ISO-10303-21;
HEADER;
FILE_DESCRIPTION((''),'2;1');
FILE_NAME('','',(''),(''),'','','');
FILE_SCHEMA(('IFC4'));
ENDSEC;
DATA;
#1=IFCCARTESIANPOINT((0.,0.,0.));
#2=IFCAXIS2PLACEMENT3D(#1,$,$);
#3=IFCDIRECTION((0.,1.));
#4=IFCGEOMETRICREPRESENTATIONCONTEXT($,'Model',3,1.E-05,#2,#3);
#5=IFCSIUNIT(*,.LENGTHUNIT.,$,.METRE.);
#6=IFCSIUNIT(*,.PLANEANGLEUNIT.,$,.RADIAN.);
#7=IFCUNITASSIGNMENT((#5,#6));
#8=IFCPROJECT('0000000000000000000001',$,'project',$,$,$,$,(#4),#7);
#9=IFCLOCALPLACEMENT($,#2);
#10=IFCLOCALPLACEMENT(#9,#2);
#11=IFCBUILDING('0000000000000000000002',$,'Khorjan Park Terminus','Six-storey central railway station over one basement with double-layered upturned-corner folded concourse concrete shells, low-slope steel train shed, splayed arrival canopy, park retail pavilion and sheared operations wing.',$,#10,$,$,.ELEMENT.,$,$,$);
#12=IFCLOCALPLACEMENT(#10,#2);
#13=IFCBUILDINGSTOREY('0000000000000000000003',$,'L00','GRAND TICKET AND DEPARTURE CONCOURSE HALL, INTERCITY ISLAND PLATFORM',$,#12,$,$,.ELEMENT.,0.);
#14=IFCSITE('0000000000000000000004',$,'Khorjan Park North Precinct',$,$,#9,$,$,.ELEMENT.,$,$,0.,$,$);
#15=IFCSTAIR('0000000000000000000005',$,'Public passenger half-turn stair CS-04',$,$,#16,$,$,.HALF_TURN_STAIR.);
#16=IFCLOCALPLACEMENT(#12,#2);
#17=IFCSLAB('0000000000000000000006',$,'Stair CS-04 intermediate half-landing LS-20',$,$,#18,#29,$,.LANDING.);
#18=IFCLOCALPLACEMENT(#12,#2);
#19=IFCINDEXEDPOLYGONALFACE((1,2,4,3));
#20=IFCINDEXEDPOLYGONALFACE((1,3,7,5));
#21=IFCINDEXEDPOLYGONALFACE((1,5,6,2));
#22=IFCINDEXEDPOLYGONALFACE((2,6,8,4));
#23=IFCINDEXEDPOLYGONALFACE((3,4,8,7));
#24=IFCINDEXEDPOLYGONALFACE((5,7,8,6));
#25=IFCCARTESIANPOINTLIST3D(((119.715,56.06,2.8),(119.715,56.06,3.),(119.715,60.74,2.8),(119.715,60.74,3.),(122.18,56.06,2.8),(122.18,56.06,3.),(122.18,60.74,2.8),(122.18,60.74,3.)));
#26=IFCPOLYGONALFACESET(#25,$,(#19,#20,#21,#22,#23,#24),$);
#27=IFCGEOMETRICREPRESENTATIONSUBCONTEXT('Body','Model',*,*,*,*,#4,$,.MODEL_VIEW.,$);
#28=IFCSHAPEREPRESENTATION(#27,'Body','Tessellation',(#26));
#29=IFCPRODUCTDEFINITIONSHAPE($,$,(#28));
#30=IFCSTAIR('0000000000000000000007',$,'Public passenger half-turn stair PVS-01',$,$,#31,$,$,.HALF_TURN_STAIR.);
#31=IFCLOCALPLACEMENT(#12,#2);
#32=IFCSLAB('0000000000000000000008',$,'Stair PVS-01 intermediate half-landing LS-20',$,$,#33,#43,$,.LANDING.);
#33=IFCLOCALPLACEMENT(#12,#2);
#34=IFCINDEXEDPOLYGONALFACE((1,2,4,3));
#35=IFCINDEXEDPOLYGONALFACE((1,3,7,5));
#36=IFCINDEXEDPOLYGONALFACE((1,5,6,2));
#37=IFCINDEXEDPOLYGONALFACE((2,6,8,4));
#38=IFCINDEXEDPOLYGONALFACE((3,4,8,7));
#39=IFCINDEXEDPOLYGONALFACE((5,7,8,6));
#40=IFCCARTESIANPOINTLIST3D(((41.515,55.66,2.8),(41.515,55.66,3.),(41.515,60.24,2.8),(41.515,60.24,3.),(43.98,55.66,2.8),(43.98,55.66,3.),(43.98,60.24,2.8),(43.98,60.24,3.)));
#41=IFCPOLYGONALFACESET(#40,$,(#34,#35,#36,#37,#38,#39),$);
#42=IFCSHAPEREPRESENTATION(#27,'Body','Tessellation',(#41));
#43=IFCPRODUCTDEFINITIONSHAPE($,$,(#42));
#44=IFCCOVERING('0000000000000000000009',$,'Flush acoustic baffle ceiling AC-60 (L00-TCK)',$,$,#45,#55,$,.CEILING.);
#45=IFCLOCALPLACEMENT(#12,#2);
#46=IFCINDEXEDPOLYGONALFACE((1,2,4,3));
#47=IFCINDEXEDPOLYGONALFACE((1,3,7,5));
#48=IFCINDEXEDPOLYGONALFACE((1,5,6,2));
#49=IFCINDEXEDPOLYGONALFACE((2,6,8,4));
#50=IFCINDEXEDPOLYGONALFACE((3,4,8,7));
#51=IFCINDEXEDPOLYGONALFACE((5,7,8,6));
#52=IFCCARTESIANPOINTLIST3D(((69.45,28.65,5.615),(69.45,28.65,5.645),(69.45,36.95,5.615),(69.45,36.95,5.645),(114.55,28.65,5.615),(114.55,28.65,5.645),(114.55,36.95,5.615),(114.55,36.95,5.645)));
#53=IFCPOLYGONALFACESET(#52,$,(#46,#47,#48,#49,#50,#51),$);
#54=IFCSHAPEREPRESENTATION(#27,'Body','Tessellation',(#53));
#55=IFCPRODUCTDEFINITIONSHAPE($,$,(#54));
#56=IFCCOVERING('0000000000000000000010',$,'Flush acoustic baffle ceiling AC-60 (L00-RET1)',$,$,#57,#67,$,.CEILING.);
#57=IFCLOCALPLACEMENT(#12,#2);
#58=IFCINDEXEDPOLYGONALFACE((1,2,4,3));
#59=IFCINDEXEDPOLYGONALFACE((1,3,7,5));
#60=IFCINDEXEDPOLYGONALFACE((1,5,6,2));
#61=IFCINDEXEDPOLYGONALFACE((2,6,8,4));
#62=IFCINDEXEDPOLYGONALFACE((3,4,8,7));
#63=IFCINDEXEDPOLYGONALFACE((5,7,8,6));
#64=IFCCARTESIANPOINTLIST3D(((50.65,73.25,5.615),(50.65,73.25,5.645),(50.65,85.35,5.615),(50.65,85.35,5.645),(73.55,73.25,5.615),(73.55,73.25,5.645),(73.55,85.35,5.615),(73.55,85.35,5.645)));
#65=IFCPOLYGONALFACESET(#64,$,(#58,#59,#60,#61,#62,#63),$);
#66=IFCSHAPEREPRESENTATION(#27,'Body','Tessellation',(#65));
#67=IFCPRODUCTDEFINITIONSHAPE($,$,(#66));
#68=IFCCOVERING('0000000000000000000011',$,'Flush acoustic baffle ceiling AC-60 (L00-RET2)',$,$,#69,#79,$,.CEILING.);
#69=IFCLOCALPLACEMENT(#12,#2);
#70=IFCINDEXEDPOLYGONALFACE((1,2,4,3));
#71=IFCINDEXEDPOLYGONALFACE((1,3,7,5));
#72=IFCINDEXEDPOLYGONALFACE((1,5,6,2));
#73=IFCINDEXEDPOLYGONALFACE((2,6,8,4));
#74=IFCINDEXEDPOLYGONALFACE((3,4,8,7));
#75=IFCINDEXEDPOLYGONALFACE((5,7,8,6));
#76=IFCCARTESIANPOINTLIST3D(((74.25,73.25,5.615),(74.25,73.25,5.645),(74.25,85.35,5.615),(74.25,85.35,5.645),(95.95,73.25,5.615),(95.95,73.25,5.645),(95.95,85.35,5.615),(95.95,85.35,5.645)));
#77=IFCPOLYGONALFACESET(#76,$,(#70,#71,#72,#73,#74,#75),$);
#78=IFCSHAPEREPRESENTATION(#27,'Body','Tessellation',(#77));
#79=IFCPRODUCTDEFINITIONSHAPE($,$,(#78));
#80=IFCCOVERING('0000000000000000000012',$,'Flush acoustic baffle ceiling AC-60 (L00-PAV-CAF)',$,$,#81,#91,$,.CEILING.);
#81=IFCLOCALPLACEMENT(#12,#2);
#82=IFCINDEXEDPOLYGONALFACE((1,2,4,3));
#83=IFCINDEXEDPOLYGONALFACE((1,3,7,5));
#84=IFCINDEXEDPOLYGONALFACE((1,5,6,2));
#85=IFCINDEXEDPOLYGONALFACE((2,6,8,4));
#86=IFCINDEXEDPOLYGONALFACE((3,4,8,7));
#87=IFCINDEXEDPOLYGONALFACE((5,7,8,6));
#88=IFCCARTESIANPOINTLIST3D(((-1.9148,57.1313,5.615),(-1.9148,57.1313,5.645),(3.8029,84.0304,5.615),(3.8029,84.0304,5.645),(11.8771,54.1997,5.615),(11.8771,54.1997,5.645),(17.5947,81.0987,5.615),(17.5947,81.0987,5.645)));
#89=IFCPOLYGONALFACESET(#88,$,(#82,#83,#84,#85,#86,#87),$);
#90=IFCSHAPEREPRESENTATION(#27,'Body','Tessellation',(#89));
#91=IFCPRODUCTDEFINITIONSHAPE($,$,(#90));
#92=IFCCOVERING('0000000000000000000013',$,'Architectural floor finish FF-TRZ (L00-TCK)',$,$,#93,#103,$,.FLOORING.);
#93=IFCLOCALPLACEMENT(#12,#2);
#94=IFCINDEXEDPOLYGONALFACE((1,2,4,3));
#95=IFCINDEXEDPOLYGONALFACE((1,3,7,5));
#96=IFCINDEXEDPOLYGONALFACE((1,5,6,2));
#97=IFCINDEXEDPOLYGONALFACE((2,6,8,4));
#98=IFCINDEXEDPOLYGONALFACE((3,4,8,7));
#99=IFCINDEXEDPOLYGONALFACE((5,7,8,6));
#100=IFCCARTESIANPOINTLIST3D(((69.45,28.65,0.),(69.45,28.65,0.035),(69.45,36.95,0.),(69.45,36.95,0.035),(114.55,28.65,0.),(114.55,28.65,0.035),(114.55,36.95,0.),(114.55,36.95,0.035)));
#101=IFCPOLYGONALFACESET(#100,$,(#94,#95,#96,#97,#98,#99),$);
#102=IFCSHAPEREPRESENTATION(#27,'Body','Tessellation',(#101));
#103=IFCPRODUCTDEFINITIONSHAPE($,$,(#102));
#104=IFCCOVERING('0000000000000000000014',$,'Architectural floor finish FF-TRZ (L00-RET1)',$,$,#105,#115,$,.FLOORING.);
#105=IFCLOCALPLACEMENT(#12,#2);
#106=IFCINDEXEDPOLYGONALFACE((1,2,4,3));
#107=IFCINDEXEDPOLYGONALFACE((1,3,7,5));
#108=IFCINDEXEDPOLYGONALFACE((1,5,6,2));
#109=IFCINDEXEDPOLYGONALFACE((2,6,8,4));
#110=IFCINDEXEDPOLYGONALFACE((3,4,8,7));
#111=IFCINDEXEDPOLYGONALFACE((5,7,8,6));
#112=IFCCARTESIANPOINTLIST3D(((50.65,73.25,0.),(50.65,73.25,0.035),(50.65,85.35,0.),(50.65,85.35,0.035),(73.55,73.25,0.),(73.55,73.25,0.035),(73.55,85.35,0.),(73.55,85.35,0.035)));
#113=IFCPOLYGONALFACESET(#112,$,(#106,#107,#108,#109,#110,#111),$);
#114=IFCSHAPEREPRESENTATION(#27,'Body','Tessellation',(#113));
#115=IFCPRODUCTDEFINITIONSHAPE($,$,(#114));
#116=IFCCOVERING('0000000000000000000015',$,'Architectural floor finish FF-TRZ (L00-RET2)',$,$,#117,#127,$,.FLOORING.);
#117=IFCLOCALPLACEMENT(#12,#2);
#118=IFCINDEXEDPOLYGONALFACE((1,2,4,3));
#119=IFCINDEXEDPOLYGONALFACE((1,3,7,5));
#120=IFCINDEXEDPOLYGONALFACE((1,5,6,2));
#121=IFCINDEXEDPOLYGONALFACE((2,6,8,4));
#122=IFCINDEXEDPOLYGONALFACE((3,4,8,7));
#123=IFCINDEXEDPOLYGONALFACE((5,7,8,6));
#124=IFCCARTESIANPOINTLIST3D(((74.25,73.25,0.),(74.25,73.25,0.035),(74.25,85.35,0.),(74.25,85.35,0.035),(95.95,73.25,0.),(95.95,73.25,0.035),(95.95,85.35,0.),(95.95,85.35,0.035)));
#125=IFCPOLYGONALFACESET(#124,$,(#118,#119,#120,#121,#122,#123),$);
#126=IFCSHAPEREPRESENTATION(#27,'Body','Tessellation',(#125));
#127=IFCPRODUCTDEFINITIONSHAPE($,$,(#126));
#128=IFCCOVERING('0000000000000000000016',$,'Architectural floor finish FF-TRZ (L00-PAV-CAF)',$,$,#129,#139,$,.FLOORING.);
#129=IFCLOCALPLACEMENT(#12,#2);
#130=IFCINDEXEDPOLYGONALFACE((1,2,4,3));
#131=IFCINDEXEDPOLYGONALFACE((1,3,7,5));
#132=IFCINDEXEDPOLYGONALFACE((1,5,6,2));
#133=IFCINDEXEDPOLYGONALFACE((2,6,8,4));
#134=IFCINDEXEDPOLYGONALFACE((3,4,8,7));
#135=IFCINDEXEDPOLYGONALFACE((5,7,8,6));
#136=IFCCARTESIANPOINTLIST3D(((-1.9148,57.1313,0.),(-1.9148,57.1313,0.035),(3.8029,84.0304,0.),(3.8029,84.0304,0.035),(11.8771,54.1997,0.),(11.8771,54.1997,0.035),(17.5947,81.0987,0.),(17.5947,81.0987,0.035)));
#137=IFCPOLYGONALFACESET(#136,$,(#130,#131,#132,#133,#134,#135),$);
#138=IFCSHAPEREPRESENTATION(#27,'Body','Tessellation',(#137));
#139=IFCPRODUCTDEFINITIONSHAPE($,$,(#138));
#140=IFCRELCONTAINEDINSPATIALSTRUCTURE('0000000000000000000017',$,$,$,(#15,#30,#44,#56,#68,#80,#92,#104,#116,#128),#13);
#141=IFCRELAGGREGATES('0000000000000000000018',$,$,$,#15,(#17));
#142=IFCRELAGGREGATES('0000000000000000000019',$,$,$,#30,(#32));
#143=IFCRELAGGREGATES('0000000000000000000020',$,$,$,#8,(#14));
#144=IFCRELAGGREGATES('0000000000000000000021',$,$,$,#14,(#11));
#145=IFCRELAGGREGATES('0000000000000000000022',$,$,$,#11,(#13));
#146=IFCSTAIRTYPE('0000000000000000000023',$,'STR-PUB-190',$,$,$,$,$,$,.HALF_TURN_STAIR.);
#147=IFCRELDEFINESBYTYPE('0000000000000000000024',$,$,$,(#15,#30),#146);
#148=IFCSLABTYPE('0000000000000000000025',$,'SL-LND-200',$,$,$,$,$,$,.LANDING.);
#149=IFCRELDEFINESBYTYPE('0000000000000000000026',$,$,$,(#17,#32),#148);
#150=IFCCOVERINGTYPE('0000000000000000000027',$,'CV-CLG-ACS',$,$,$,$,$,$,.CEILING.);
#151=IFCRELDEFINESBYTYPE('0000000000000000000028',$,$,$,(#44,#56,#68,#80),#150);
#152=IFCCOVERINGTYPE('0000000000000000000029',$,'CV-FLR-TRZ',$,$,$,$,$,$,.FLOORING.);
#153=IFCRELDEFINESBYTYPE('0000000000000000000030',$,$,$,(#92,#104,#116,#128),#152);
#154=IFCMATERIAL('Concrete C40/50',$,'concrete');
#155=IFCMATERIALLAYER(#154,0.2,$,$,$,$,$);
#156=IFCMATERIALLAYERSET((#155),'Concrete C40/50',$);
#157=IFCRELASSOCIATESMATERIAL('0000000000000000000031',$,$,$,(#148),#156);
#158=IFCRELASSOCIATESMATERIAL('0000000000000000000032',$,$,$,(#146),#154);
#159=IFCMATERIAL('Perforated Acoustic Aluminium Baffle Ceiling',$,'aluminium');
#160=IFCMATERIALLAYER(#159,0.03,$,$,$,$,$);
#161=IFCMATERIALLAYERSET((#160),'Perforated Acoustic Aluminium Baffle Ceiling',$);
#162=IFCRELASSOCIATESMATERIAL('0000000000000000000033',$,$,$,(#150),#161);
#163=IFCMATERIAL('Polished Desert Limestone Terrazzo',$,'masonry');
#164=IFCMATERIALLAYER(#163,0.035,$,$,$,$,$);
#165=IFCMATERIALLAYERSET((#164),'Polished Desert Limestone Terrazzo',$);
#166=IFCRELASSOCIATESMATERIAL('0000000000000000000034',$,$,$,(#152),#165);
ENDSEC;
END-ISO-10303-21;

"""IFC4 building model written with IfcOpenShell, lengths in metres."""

from ifc_helpers import new_model, si_unit, direction, frame, origin, place, context, subcontext, project, spatial, polyline, outline, extrude, material, layer, layer_set, type_object, element, aggregate, save


model = new_model("IFC4")

# Units and contexts
model_context = context("Model", 3, precision=1e-05, world=origin(), true_north=direction((0.0, 1.0)))
body_context = subcontext(model_context, "Body", "Model", "MODEL_VIEW")
ifc_project = project(units=[si_unit("LENGTHUNIT", "METRE"), si_unit("PLANEANGLEUNIT", "RADIAN")], contexts=[model_context])

# Site, building, storey
site_placement = place(None, origin())
site = spatial("IfcSite", under=ifc_project, at=site_placement, Name="Khorjan Park North Precinct", CompositionType="ELEMENT", RefElevation=0.0)
building_placement = place(site_placement, origin())
building = spatial("IfcBuilding", under=site, at=building_placement, Name="Khorjan Park Terminus", Description="Six-storey central railway station over one basement with double-layered upturned-corner folded concourse concrete shells, low-slope steel train shed, splayed arrival canopy, park retail pavilion and sheared operations wing.", CompositionType="ELEMENT")
storey_placement = place(building_placement, origin())
storey = spatial("IfcBuildingStorey", under=building, at=storey_placement, Name="L00", Description="GRAND TICKET AND DEPARTURE CONCOURSE HALL, INTERCITY ISLAND PLATFORM", CompositionType="ELEMENT", Elevation=0.0)

# Stairs, slabs
ifc_material_1 = material(Name="Concrete C40/50", Category="concrete")
ifc_layer_1 = layer(ifc_material_1, 0.2)
ifc_layer_set_1 = layer_set([ifc_layer_1], Name="Concrete C40/50")
slab_type = type_object("IfcSlabType", Name="SL-LND-200", PredefinedType="LANDING", material=ifc_layer_set_1)
stair_type_1 = type_object("IfcStairType", Name="STR-PUB-190", PredefinedType="HALF_TURN_STAIR", material=ifc_material_1)
stair_1_placement = place(storey_placement, origin())
stair_1 = element("IfcStair", 1, at=stair_1_placement, inside=storey, type_object=stair_type_1, Name="Public passenger half-turn stair CS-04", PredefinedType="HALF_TURN_STAIR")
slab_1_placement = place(storey_placement, frame((0.0, 0.0, 2.8)))
slab_1 = element("IfcSlab", 2, at=slab_1_placement, type_object=slab_type, Name="Stair CS-04 intermediate half-landing LS-20", PredefinedType="LANDING", context=body_context, shape_type="SweptSolid", body=[
    extrude(outline(polyline([(119.715, 56.06), (122.18, 56.06), (122.18, 60.74), (119.715, 60.74), (119.715, 56.06)])), origin(), (0.0, 0.0, 1.0), 0.2),
])
aggregate(stair_1, [slab_1])
stair_2_placement = place(storey_placement, origin())
stair_2 = element("IfcStair", 3, at=stair_2_placement, inside=storey, type_object=stair_type_1, Name="Public passenger half-turn stair PVS-01", PredefinedType="HALF_TURN_STAIR")
slab_2_placement = place(storey_placement, frame((0.0, 0.0, 2.8)))
slab_2 = element("IfcSlab", 4, at=slab_2_placement, type_object=slab_type, Name="Stair PVS-01 intermediate half-landing LS-20", PredefinedType="LANDING", context=body_context, shape_type="SweptSolid", body=[
    extrude(outline(polyline([(41.515, 55.66), (43.98, 55.66), (43.98, 60.24), (41.515, 60.24), (41.515, 55.66)])), origin(), (0.0, 0.0, 1.0), 0.2),
])
aggregate(stair_2, [slab_2])

# Coverings
ifc_material_2 = material(Name="Perforated Acoustic Aluminium Baffle Ceiling", Category="aluminium")
ifc_layer_2 = layer(ifc_material_2, 0.03)
ifc_layer_set_2 = layer_set([ifc_layer_2], Name="Perforated Acoustic Aluminium Baffle Ceiling")
covering_type_1 = type_object("IfcCoveringType", Name="CV-CLG-ACS", PredefinedType="CEILING", material=ifc_layer_set_2)
covering_1_placement = place(storey_placement, frame((0.0, 0.0, 5.615)))
element("IfcCovering", 5, at=covering_1_placement, inside=storey, type_object=covering_type_1, Name="Flush acoustic baffle ceiling AC-60 (L00-TCK)", PredefinedType="CEILING", context=body_context, shape_type="SweptSolid", body=[
    extrude(outline(polyline([(114.55, 36.95), (114.55, 28.65), (69.45, 28.65), (69.45, 36.95), (114.55, 36.95)])), origin(), (0.0, 0.0, 1.0), 0.03),
])
covering_2_placement = place(storey_placement, frame((0.0, 0.0, 5.615)))
element("IfcCovering", 6, at=covering_2_placement, inside=storey, type_object=covering_type_1, Name="Flush acoustic baffle ceiling AC-60 (L00-RET1)", PredefinedType="CEILING", context=body_context, shape_type="SweptSolid", body=[
    extrude(outline(polyline([(73.55, 85.35), (73.55, 73.25), (50.65, 73.25), (50.65, 85.35), (73.55, 85.35)])), origin(), (0.0, 0.0, 1.0), 0.03),
])
covering_3_placement = place(storey_placement, frame((0.0, 0.0, 5.615)))
element("IfcCovering", 7, at=covering_3_placement, inside=storey, type_object=covering_type_1, Name="Flush acoustic baffle ceiling AC-60 (L00-RET2)", PredefinedType="CEILING", context=body_context, shape_type="SweptSolid", body=[
    extrude(outline(polyline([(95.95, 85.35), (95.95, 73.25), (74.25, 73.25), (74.25, 85.35), (95.95, 85.35)])), origin(), (0.0, 0.0, 1.0), 0.03),
])
covering_4_placement = place(storey_placement, frame((0.0, 0.0, 5.615)))
element("IfcCovering", 8, at=covering_4_placement, inside=storey, type_object=covering_type_1, Name="Flush acoustic baffle ceiling AC-60 (L00-PAV-CAF)", PredefinedType="CEILING", context=body_context, shape_type="SweptSolid", body=[
    extrude(outline(polyline([(11.8771, 54.1997), (-1.9148, 57.1313), (3.8029, 84.0304), (17.5947, 81.0987), (11.8771, 54.1997)])), origin(), (0.0, 0.0, 1.0), 0.03),
])
ifc_material_3 = material(Name="Polished Desert Limestone Terrazzo", Category="masonry")
ifc_layer_3 = layer(ifc_material_3, 0.035)
ifc_layer_set_3 = layer_set([ifc_layer_3], Name="Polished Desert Limestone Terrazzo")
covering_type_2 = type_object("IfcCoveringType", Name="CV-FLR-TRZ", PredefinedType="FLOORING", material=ifc_layer_set_3)
covering_5_placement = place(storey_placement, origin())
element("IfcCovering", 9, at=covering_5_placement, inside=storey, type_object=covering_type_2, Name="Architectural floor finish FF-TRZ (L00-TCK)", PredefinedType="FLOORING", context=body_context, shape_type="SweptSolid", body=[
    extrude(outline(polyline([(114.55, 36.95), (114.55, 28.65), (69.45, 28.65), (69.45, 36.95), (114.55, 36.95)])), origin(), (0.0, 0.0, 1.0), 0.035),
])
covering_6_placement = place(storey_placement, origin())
element("IfcCovering", 10, at=covering_6_placement, inside=storey, type_object=covering_type_2, Name="Architectural floor finish FF-TRZ (L00-RET1)", PredefinedType="FLOORING", context=body_context, shape_type="SweptSolid", body=[
    extrude(outline(polyline([(73.55, 85.35), (73.55, 73.25), (50.65, 73.25), (50.65, 85.35), (73.55, 85.35)])), origin(), (0.0, 0.0, 1.0), 0.035),
])
covering_7_placement = place(storey_placement, origin())
element("IfcCovering", 11, at=covering_7_placement, inside=storey, type_object=covering_type_2, Name="Architectural floor finish FF-TRZ (L00-RET2)", PredefinedType="FLOORING", context=body_context, shape_type="SweptSolid", body=[
    extrude(outline(polyline([(95.95, 85.35), (95.95, 73.25), (74.25, 73.25), (74.25, 85.35), (95.95, 85.35)])), origin(), (0.0, 0.0, 1.0), 0.035),
])
covering_8_placement = place(storey_placement, origin())
element("IfcCovering", 12, at=covering_8_placement, inside=storey, type_object=covering_type_2, Name="Architectural floor finish FF-TRZ (L00-PAV-CAF)", PredefinedType="FLOORING", context=body_context, shape_type="SweptSolid", body=[
    extrude(outline(polyline([(11.8771, 54.1997), (-1.9148, 57.1313), (3.8029, 84.0304), (17.5947, 81.0987), (11.8771, 54.1997)])), origin(), (0.0, 0.0, 1.0), 0.035),
])

save(model, "model.ifc")
